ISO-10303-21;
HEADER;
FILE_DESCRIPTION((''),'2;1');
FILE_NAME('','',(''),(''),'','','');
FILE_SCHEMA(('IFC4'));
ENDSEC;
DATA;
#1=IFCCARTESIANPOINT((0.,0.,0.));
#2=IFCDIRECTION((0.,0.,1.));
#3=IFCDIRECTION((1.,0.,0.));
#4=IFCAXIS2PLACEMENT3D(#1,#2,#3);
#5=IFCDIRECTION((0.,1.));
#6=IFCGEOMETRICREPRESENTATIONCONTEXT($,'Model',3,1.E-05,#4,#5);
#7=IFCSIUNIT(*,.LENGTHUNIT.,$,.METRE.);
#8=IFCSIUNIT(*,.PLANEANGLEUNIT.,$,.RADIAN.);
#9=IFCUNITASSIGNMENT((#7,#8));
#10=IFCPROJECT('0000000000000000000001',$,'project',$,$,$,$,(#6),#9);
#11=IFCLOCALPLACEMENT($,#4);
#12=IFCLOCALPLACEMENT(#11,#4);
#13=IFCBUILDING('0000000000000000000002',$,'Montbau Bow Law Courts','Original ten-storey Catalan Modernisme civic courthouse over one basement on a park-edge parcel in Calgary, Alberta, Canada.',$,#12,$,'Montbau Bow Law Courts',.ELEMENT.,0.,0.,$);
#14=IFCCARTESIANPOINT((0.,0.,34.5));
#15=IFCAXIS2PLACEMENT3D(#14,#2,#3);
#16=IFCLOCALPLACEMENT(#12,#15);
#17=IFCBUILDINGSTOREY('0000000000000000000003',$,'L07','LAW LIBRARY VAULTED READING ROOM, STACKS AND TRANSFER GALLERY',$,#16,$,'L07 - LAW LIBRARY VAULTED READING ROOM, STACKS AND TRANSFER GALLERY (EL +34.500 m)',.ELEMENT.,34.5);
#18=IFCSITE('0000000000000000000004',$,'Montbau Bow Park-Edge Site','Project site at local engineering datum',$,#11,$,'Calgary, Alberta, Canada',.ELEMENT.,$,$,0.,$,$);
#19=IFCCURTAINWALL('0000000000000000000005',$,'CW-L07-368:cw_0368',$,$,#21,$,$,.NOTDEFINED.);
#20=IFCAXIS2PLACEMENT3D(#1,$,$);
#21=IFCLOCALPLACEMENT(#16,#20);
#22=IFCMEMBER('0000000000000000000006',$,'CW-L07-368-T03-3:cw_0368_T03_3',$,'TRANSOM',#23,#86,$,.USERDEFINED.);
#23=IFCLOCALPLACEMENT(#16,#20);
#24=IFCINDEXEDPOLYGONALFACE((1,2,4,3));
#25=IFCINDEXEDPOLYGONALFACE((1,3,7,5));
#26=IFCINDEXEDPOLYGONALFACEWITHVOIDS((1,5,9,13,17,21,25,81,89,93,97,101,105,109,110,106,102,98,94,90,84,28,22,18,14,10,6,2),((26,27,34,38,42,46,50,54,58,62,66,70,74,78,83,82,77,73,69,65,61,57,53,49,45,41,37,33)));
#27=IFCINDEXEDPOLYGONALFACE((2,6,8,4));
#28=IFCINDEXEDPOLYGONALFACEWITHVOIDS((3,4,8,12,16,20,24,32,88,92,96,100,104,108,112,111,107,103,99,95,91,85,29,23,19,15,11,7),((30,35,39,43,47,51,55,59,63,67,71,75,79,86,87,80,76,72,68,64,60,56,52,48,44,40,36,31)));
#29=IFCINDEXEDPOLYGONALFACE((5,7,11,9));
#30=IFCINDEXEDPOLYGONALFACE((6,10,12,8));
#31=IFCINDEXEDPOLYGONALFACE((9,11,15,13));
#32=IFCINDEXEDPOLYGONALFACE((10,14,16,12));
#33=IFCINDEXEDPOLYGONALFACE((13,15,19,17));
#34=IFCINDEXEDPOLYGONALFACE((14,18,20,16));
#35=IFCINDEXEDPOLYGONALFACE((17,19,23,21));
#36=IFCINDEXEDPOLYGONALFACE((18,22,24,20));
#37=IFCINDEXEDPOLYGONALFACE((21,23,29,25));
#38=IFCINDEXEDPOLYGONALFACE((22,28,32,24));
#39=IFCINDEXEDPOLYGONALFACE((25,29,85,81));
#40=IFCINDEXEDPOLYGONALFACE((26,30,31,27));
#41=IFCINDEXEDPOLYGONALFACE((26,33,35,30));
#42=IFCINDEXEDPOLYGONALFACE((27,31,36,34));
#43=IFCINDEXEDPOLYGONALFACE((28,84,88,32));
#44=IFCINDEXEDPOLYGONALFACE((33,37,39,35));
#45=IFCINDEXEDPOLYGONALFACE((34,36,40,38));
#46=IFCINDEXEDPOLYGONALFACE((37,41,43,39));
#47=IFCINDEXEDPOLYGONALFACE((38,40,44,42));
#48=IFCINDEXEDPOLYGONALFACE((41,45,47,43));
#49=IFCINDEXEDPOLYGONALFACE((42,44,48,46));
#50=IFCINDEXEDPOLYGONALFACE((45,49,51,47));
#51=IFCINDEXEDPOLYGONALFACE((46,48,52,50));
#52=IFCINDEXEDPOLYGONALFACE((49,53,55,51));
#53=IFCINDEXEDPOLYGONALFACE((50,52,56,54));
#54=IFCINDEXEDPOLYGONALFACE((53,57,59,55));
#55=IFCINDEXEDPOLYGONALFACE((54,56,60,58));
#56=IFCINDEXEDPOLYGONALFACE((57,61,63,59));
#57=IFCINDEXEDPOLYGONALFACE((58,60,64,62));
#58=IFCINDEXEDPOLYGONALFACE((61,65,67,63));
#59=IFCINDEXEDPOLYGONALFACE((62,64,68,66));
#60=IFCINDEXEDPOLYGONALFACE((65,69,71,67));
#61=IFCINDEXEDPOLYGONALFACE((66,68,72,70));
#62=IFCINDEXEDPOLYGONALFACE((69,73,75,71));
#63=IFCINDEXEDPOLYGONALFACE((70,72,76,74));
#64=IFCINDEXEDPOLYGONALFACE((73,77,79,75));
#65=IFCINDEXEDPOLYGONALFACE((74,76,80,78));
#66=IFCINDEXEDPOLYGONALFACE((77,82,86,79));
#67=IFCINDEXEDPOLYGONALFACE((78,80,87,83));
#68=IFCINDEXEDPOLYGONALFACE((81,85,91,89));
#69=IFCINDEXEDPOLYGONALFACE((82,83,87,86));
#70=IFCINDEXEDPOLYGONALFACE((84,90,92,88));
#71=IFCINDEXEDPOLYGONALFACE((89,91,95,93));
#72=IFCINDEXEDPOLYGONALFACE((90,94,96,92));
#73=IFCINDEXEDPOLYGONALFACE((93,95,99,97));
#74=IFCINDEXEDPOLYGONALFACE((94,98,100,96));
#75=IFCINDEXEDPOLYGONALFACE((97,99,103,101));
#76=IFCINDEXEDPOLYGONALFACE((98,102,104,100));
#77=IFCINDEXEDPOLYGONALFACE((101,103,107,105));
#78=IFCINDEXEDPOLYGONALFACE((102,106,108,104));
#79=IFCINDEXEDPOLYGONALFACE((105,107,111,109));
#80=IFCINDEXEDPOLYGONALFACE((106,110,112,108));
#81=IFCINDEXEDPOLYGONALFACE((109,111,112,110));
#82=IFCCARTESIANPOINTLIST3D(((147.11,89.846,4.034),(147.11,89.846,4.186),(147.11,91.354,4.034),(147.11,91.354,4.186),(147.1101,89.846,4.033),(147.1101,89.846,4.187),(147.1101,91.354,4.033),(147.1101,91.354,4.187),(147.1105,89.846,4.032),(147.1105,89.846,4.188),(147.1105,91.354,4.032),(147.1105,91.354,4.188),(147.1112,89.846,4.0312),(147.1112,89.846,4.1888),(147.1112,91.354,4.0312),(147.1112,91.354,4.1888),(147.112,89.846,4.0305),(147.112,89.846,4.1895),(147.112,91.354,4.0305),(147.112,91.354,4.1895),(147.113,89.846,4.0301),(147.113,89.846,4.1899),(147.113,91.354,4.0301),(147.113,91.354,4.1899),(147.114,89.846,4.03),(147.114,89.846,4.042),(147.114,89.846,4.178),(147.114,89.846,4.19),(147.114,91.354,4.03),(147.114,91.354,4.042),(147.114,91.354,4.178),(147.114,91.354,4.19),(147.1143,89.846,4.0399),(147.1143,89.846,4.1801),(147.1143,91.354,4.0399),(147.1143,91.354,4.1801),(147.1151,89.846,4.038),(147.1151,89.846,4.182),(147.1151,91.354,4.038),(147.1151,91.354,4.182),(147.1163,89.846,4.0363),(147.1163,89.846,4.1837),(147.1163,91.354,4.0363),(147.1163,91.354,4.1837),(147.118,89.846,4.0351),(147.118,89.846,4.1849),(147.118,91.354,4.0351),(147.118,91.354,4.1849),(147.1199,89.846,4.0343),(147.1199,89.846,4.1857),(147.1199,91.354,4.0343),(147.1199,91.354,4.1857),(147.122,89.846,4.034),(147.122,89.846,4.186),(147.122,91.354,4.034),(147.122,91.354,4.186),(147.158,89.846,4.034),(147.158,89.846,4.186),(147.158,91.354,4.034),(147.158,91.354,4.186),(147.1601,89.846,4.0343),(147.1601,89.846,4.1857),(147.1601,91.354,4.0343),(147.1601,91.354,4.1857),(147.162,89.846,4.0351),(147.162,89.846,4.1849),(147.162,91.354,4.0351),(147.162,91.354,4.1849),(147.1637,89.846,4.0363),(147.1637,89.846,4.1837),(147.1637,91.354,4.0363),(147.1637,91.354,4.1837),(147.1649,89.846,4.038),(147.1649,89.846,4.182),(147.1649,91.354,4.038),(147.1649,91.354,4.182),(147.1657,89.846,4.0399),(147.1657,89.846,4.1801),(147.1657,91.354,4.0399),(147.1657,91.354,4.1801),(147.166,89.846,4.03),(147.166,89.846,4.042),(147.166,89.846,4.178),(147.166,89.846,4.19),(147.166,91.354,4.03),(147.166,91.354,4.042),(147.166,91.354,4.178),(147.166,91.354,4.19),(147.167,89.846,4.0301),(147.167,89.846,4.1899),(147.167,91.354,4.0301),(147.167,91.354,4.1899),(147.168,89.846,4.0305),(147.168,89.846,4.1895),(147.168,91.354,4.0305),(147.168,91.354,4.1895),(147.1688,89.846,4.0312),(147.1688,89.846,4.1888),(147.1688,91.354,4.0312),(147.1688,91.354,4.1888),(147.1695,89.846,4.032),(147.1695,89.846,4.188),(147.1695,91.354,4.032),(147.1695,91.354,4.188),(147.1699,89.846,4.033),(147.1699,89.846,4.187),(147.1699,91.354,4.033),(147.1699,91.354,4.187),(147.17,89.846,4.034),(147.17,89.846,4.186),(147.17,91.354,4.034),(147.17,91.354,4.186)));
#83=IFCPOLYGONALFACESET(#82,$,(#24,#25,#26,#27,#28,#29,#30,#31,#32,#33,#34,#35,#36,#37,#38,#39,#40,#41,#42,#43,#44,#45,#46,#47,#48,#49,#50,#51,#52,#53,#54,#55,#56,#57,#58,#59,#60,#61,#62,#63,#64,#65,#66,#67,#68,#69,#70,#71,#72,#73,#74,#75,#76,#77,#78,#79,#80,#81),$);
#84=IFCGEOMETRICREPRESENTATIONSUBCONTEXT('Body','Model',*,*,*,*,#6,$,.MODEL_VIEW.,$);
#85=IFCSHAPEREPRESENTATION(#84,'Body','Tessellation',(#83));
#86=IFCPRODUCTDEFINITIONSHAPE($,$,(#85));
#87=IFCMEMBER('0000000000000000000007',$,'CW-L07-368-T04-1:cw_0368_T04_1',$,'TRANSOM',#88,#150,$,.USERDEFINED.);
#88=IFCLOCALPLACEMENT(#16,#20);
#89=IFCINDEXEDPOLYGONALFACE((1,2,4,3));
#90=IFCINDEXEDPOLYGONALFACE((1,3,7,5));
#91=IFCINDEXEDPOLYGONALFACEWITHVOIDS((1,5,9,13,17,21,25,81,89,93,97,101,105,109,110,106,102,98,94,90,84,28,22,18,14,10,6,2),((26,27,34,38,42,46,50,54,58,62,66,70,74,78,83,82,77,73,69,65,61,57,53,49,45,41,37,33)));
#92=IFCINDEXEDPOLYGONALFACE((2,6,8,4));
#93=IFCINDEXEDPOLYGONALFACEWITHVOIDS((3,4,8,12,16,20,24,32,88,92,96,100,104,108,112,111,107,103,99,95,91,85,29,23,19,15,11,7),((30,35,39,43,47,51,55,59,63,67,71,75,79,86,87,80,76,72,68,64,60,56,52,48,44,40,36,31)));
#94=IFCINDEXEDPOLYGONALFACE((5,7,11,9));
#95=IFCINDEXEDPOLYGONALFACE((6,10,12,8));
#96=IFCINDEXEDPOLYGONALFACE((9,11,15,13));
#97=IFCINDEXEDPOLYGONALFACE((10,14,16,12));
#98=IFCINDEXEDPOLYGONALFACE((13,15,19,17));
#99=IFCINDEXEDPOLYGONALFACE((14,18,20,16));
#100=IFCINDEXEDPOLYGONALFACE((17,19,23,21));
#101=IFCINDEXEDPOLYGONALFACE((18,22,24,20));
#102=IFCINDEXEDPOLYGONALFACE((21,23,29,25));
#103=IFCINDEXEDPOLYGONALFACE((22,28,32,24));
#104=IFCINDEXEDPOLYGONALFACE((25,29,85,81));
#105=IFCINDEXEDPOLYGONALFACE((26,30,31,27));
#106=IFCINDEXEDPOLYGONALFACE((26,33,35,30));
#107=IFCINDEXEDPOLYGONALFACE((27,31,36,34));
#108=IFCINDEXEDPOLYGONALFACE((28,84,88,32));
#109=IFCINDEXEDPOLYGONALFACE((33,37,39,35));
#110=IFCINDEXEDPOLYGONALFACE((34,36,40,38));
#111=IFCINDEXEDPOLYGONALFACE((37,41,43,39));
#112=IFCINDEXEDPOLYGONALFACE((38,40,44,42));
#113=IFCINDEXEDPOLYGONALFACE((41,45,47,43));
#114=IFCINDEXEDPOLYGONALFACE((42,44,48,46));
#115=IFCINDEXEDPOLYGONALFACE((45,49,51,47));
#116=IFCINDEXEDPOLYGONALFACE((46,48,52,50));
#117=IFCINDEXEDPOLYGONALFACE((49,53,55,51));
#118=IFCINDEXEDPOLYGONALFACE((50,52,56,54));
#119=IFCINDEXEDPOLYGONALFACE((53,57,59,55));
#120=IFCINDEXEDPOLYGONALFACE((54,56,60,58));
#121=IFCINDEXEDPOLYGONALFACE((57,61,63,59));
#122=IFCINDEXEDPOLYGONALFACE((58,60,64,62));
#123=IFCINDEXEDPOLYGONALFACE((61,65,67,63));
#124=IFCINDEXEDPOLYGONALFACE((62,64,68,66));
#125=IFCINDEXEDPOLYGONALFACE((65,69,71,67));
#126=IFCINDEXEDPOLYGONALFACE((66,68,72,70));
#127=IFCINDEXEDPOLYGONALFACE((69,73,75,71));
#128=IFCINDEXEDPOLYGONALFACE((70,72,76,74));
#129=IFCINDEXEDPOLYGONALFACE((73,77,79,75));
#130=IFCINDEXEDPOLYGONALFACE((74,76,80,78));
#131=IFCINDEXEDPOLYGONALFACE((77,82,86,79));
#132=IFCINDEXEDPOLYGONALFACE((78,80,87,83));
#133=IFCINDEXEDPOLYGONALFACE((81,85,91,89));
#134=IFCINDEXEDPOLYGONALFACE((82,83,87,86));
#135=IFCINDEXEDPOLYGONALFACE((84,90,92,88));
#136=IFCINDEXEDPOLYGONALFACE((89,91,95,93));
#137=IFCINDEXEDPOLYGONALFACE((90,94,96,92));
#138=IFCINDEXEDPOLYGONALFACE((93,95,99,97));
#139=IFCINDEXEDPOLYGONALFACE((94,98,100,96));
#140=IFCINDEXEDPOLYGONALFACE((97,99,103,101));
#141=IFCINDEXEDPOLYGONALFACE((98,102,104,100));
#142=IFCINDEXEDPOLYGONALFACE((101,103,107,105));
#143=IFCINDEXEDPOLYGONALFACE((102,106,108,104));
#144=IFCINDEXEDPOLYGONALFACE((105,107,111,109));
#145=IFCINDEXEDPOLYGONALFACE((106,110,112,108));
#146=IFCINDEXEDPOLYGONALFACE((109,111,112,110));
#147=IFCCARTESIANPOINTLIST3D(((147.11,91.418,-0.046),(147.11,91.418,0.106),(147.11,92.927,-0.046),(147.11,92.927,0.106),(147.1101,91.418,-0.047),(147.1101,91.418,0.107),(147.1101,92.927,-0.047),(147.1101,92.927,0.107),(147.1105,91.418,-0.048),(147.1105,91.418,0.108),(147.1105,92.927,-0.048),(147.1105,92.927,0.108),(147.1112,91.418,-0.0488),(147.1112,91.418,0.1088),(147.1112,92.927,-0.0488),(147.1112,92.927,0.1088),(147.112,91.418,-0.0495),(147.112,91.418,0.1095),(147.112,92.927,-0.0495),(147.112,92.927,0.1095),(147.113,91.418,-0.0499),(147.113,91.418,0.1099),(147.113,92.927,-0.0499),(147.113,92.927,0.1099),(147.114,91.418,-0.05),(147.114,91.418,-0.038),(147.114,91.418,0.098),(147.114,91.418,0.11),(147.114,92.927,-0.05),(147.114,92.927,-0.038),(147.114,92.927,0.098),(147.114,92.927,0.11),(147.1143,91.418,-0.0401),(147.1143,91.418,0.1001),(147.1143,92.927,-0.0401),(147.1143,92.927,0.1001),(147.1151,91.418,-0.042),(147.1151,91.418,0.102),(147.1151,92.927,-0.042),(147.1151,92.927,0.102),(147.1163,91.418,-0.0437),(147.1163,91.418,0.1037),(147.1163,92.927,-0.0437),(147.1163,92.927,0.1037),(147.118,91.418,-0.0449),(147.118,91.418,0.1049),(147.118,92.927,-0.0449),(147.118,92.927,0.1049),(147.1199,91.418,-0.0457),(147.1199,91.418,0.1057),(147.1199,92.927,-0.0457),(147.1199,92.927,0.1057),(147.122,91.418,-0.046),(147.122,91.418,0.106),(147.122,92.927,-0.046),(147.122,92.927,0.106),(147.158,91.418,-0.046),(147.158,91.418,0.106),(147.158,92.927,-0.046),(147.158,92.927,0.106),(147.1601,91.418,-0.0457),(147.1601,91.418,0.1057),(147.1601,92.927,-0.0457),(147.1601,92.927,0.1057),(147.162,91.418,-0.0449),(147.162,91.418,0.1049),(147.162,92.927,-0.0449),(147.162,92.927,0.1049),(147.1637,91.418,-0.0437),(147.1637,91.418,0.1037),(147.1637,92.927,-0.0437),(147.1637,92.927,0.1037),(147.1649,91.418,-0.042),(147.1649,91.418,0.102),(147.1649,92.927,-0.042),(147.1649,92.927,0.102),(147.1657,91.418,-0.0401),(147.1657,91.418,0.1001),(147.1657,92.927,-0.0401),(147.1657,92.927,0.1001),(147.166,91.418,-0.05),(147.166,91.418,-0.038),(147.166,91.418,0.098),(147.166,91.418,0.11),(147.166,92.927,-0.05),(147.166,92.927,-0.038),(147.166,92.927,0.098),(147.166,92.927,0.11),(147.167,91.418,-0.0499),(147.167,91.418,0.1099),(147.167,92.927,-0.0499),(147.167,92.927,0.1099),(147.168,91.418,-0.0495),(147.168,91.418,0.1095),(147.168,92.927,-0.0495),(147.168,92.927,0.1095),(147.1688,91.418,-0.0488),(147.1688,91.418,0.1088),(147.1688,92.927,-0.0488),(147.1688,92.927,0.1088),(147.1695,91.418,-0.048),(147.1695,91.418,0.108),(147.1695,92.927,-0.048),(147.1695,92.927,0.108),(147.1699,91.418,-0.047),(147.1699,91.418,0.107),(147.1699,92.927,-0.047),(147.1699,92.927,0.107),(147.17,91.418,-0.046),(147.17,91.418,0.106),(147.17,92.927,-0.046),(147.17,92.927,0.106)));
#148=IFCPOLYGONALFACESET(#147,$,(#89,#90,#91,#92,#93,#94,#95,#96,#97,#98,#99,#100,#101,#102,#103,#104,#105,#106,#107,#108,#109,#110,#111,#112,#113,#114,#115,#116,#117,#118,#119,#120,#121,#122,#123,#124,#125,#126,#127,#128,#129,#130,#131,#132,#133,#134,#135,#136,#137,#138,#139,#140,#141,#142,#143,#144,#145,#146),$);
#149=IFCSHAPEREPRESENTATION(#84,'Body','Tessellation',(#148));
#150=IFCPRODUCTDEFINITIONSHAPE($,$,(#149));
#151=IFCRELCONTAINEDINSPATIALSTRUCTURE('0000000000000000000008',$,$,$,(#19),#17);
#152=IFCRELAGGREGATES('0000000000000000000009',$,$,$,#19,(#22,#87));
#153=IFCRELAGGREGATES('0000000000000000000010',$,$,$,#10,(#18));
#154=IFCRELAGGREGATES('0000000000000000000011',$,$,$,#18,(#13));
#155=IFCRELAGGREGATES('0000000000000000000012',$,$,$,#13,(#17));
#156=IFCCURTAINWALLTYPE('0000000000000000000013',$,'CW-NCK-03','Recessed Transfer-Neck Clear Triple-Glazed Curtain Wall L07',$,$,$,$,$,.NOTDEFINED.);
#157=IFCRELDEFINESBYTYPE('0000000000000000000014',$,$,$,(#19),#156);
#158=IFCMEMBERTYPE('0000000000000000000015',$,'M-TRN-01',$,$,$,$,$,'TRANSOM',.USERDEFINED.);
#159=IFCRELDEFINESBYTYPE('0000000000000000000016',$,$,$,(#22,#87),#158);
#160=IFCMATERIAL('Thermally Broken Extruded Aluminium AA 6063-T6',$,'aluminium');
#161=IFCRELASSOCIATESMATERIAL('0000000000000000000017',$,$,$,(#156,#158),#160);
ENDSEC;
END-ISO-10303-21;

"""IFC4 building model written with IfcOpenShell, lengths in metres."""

from ifc_helpers import new_model, si_unit, direction, frame, origin_with_axes, origin_2d_with_axis, place, context, subcontext, project, spatial, hollow_rectangle, extrude, material, material_profile, profile_set, type_object, element, aggregate, save


model = new_model("IFC4")

# Units and contexts
model_context = context("Model", 3, precision=1e-05, world=origin_with_axes(), true_north=direction((0.0, 1.0)))
body_context = subcontext(model_context, "Body", "Model", "MODEL_VIEW")
ifc_project = project(units=[si_unit("LENGTHUNIT", "METRE"), si_unit("PLANEANGLEUNIT", "RADIAN")], contexts=[model_context])

# Site, building, storey
site_placement = place(None, origin_with_axes())
site = spatial("IfcSite", under=ifc_project, at=site_placement, Name="Montbau Bow Park-Edge Site", Description="Project site at local engineering datum", LongName="Calgary, Alberta, Canada", CompositionType="ELEMENT", RefElevation=0.0)
building_placement = place(site_placement, origin_with_axes())
building = spatial("IfcBuilding", under=site, at=building_placement, Name="Montbau Bow Law Courts", Description="Original ten-storey Catalan Modernisme civic courthouse over one basement on a park-edge parcel in Calgary, Alberta, Canada.", LongName="Montbau Bow Law Courts", CompositionType="ELEMENT", ElevationOfRefHeight=0.0, ElevationOfTerrain=0.0)
storey_placement = place(building_placement, frame((0.0, 0.0, 34.5), z_axis=(0.0, 0.0, 1.0), x_axis=(1.0, 0.0, 0.0)))
storey = spatial("IfcBuildingStorey", under=building, at=storey_placement, Name="L07", Description="LAW LIBRARY VAULTED READING ROOM, STACKS AND TRANSFER GALLERY", LongName="L07 - LAW LIBRARY VAULTED READING ROOM, STACKS AND TRANSFER GALLERY (EL +34.500 m)", CompositionType="ELEMENT", Elevation=34.5)

# Curtain wall, members
ifc_material_1 = material(Name="Thermally Broken Extruded Aluminium AA 6063-T6", Category="aluminium")
curtain_wall_type = type_object("IfcCurtainWallType", Name="CW-NCK-03", Description="Recessed Transfer-Neck Clear Triple-Glazed Curtain Wall L07", PredefinedType="NOTDEFINED", material=ifc_material_1)
curtain_wall_placement = place(None, frame((147.14, 86.668, 34.5), z_axis=(0.0, 0.0, 1.0), x_axis=(1.0, 0.0, 0.0)))
curtain_wall = element("IfcCurtainWall", 1, at=curtain_wall_placement, inside=storey, type_object=curtain_wall_type, Name="CW-L07-368:cw_0368", PredefinedType="NOTDEFINED")
ifc_material_profile_1 = material_profile(ifc_material_1, hollow_rectangle(XDim=0.06, YDim=0.16, WallThickness=0.004, InnerFilletRadius=0.008, OuterFilletRadius=0.004, at=origin_2d_with_axis()), Name="CWT-160X60", Category="Main", Priority=0)
ifc_profile_set_1 = profile_set([ifc_material_profile_1], Name="Thermally Broken Extruded Aluminium AA 6063-T6")
member_type_1 = type_object("IfcMemberType", Name="M-TRN-01", ElementType="TRANSOM", PredefinedType="USERDEFINED", material=ifc_profile_set_1)
member_1_placement = place(None, frame((147.14, 89.846, 38.61), z_axis=(0.0, 1.0, 0.0), x_axis=(-1.0, 0.0, 0.0)))
member_1 = element("IfcMember", 2, at=member_1_placement, type_object=member_type_1, Name="CW-L07-368-T03-3:cw_0368_T03_3", ObjectType="TRANSOM", PredefinedType="USERDEFINED", context=body_context, shape_type="SweptSolid", body=[
    extrude(hollow_rectangle(XDim=0.06, YDim=0.16, WallThickness=0.004, InnerFilletRadius=0.008, OuterFilletRadius=0.004, at=origin_2d_with_axis()), origin_with_axes(), (0.0, 0.0, 1.0), 1.508),
])
member_2_placement = place(None, frame((147.14, 91.418, 34.53), z_axis=(0.0, 1.0, 0.0), x_axis=(-1.0, 0.0, 0.0)))
member_2 = element("IfcMember", 3, at=member_2_placement, type_object=member_type_1, Name="CW-L07-368-T04-1:cw_0368_T04_1", ObjectType="TRANSOM", PredefinedType="USERDEFINED", context=body_context, shape_type="SweptSolid", body=[
    extrude(hollow_rectangle(XDim=0.06, YDim=0.16, WallThickness=0.004, InnerFilletRadius=0.008, OuterFilletRadius=0.004, at=origin_2d_with_axis()), origin_with_axes(), (0.0, 0.0, 1.0), 1.509),
])
aggregate(curtain_wall, [member_1, member_2])

save(model, "model.ifc")
